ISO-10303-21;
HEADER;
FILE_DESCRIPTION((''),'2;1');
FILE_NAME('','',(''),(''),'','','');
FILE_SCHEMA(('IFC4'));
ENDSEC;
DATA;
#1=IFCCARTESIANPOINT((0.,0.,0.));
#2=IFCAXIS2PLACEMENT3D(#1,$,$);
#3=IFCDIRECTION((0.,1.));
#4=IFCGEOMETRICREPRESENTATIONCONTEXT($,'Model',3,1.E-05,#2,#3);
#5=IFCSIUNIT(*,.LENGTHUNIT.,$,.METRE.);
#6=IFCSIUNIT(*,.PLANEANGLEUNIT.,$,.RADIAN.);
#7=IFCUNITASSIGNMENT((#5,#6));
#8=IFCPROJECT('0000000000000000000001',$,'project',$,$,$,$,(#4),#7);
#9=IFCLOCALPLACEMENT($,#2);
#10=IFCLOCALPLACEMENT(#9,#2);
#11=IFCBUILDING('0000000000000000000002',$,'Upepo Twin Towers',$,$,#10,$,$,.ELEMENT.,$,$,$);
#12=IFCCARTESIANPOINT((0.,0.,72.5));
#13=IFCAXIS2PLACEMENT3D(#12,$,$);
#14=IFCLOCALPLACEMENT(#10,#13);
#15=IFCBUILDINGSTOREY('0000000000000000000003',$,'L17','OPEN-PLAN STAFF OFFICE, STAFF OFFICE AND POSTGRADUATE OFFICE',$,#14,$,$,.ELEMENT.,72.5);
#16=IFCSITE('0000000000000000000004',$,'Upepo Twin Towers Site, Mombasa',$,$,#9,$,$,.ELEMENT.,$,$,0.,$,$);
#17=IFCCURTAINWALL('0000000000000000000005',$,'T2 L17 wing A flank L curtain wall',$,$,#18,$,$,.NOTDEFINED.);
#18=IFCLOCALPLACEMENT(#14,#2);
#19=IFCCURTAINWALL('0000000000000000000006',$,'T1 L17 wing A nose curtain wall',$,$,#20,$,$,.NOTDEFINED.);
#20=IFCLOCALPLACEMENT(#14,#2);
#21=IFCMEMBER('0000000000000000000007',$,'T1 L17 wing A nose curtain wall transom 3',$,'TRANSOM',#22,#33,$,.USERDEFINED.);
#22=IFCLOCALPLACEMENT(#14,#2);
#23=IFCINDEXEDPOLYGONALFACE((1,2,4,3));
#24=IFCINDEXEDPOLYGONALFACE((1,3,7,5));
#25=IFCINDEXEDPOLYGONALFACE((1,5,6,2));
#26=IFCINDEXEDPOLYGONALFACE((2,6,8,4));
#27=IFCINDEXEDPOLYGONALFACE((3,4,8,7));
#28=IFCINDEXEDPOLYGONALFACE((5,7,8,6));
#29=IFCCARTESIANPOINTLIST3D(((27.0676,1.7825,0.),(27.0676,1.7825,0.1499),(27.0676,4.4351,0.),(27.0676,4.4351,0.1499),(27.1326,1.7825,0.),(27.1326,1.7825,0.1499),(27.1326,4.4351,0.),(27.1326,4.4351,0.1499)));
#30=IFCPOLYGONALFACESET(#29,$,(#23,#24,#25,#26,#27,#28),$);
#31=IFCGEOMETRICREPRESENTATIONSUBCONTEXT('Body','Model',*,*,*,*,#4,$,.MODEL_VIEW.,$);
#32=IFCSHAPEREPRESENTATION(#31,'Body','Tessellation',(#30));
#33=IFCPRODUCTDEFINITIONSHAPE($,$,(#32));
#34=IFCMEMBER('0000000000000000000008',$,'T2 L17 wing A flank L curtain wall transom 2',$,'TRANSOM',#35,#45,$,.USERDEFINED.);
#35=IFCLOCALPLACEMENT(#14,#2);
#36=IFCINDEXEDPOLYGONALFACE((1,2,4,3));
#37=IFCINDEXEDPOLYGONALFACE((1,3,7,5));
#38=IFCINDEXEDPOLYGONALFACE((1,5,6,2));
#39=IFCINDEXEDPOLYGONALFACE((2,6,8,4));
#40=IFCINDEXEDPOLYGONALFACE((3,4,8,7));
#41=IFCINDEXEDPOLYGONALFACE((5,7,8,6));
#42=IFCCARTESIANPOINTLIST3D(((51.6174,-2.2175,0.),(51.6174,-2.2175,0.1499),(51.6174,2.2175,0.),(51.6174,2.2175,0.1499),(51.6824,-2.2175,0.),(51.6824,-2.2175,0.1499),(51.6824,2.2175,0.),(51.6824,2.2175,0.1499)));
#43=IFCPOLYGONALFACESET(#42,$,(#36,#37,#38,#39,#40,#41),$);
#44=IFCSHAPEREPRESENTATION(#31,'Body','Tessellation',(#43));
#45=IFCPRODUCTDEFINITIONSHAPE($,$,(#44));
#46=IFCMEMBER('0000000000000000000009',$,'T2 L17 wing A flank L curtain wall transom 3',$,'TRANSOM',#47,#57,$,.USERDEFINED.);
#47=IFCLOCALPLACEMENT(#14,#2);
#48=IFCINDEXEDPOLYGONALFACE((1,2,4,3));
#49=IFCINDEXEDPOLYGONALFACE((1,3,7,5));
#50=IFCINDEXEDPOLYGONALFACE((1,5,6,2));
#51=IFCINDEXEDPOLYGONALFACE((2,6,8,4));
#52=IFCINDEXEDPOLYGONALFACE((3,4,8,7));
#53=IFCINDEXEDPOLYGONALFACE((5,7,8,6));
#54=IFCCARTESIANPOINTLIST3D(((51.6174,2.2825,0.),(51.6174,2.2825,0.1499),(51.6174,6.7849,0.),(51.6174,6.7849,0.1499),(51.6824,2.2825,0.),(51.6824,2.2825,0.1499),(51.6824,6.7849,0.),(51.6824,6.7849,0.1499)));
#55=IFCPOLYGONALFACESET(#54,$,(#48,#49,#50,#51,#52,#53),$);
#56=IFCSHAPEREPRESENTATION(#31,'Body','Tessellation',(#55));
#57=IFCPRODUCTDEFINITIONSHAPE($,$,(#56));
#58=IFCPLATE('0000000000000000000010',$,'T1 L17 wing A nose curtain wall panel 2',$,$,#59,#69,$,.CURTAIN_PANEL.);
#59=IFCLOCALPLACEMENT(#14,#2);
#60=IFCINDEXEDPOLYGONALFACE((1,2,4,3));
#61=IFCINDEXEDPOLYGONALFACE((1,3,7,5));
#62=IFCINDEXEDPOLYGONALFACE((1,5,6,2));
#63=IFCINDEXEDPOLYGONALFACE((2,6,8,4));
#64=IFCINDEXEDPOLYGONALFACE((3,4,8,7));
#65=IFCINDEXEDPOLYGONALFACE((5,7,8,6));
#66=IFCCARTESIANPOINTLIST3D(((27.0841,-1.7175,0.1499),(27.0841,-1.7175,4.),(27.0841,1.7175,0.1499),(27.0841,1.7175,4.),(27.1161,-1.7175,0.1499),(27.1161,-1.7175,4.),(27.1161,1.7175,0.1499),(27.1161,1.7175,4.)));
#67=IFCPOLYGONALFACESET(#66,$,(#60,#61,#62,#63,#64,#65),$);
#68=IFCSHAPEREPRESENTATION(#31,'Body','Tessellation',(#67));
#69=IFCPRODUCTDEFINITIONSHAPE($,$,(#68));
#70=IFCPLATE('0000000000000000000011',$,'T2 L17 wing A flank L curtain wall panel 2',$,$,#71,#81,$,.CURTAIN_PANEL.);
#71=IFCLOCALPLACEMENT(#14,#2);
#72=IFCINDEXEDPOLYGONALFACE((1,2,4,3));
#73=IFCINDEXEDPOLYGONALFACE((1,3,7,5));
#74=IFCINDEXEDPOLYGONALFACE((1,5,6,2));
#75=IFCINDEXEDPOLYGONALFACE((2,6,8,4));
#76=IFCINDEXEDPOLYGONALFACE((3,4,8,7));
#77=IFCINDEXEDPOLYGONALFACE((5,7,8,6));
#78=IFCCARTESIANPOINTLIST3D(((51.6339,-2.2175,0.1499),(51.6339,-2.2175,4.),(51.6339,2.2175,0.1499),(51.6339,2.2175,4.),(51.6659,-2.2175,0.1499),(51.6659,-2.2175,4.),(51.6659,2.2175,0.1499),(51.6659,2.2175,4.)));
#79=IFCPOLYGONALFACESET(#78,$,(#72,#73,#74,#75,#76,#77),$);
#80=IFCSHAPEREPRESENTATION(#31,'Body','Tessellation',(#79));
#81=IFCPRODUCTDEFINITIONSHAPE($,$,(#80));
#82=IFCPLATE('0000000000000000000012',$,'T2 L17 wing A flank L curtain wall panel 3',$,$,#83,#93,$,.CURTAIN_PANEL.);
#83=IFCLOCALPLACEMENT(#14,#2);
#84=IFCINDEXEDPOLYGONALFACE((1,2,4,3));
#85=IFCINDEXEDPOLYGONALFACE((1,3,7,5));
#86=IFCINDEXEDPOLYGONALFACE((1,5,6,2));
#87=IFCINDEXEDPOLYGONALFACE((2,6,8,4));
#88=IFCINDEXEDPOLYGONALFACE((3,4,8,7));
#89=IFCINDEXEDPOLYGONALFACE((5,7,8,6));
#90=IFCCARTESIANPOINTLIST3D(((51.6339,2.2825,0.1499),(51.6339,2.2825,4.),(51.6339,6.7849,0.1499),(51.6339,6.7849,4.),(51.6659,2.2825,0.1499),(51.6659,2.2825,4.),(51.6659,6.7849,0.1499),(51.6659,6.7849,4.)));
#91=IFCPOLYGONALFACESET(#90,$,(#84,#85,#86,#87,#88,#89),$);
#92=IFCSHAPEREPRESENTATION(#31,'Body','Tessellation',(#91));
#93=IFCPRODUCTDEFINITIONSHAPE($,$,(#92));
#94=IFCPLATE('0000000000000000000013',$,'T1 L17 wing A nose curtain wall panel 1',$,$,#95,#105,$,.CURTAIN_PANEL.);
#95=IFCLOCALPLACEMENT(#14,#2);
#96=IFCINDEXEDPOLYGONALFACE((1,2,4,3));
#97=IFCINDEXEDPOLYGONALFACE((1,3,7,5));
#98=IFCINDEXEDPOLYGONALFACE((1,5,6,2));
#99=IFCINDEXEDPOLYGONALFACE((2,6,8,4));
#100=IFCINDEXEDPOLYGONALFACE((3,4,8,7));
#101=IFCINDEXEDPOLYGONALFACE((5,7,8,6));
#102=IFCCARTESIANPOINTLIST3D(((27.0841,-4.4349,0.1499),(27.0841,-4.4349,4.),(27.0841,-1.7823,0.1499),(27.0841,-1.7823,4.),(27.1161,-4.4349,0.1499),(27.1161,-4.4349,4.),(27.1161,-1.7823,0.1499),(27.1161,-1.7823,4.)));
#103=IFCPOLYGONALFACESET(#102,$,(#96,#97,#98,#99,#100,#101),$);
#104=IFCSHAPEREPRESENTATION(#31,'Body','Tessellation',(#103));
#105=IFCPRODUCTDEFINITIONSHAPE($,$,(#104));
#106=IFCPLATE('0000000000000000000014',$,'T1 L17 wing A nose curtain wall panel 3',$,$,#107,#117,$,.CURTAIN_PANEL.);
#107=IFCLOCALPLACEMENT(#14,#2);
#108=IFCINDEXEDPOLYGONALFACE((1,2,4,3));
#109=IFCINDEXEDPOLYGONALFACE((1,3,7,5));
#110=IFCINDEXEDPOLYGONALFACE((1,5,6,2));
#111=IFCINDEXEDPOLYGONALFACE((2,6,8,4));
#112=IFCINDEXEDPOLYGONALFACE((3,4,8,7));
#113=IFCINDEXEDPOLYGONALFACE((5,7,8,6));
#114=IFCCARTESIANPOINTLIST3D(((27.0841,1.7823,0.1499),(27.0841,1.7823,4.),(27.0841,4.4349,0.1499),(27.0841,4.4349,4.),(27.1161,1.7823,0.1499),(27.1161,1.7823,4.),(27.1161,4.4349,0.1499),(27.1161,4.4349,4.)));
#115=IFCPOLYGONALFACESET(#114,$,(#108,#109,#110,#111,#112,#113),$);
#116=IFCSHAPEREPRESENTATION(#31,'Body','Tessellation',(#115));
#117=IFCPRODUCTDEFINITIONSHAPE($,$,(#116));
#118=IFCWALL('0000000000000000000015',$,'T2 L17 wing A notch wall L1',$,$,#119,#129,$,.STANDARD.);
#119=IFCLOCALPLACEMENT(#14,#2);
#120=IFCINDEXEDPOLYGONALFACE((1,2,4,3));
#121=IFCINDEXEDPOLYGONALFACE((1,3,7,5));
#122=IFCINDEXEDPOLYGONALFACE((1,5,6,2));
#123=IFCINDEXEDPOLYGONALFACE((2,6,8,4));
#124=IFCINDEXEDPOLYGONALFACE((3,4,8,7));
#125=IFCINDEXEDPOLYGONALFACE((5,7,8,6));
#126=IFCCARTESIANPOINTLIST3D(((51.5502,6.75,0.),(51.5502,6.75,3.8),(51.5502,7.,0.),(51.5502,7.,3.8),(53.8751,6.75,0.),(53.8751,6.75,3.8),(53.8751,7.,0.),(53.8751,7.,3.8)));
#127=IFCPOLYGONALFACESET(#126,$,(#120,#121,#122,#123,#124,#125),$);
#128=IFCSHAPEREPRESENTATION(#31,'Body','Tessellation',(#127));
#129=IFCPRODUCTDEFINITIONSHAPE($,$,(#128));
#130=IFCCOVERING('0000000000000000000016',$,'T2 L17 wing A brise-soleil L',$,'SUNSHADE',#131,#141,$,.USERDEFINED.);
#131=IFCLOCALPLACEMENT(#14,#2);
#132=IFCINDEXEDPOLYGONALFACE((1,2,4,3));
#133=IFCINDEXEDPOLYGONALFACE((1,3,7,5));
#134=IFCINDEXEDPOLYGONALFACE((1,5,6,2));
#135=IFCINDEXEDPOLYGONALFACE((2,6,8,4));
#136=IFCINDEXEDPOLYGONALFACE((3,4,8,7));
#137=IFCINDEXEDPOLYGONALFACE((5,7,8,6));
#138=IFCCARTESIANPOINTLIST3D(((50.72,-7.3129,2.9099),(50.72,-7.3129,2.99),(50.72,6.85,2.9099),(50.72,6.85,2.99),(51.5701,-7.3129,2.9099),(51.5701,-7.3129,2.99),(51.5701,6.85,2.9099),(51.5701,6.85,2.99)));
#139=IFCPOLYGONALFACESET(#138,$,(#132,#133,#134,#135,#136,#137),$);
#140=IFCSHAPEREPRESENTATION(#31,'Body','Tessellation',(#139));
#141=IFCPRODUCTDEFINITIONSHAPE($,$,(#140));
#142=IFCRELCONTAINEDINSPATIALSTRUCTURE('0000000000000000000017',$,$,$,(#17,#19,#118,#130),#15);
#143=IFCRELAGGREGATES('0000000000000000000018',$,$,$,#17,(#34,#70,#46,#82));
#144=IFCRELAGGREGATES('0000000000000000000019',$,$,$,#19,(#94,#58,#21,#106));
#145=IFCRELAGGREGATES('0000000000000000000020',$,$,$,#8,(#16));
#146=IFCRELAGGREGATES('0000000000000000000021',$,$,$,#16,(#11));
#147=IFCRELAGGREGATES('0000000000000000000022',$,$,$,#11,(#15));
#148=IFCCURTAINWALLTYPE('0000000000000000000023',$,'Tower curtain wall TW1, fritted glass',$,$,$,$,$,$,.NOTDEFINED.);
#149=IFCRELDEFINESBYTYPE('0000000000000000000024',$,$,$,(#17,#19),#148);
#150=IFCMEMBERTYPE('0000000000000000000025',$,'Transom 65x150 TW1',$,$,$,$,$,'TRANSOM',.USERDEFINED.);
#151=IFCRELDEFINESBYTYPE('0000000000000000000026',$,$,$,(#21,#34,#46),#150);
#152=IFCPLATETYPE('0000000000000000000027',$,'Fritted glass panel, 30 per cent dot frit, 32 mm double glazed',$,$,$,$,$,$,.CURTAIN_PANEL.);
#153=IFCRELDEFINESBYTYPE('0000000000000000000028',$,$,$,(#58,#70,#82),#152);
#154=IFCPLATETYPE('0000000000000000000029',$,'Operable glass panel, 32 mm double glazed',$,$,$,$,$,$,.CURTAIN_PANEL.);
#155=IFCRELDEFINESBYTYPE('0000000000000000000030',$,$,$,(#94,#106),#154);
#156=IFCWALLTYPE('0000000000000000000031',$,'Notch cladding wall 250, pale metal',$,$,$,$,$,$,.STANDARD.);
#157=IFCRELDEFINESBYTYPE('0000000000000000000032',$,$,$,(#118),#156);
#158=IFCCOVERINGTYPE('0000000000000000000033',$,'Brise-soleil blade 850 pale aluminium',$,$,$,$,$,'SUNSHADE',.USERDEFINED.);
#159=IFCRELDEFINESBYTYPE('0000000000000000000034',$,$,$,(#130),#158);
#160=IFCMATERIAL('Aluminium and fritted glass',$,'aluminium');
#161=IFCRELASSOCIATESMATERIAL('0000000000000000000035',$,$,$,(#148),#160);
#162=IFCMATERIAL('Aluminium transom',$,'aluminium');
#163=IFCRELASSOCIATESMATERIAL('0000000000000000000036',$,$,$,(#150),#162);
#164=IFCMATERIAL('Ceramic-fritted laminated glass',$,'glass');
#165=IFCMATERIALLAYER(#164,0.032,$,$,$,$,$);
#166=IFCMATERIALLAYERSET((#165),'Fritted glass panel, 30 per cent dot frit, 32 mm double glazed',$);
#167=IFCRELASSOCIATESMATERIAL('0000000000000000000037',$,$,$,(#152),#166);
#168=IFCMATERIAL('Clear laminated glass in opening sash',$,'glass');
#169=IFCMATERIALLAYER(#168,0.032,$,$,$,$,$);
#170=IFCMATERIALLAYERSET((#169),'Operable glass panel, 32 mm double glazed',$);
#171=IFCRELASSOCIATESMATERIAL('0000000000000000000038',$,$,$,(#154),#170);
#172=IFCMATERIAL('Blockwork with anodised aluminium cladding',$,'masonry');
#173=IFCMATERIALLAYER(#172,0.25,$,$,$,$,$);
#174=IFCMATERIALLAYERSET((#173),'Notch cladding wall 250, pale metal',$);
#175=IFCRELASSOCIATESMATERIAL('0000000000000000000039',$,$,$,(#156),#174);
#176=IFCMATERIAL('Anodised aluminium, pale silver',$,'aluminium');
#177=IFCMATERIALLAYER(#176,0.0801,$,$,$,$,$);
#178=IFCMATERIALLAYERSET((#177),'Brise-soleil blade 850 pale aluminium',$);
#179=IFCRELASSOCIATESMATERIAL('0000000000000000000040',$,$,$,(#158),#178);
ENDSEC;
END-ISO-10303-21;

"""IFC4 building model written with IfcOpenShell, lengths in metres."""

from ifc_helpers import new_model, si_unit, direction, frame, frame_2d, origin, origin_2d, place, context, subcontext, project, spatial, rectangle, extrude, material, layer, layer_set, material_profile, profile_set, type_object, element, aggregate, save


model = new_model("IFC4")

# Units and contexts
model_context = context("Model", 3, precision=1e-05, world=origin(), true_north=direction((0.0, 1.0)))
body_context = subcontext(model_context, "Body", "Model", "MODEL_VIEW")
ifc_project = project(units=[si_unit("LENGTHUNIT", "METRE"), si_unit("PLANEANGLEUNIT", "RADIAN")], contexts=[model_context])

# Site, building, storey
site_placement = place(None, origin())
site = spatial("IfcSite", under=ifc_project, at=site_placement, Name="Upepo Twin Towers Site, Mombasa", CompositionType="ELEMENT", RefElevation=0.0)
building_placement = place(site_placement, origin())
building = spatial("IfcBuilding", under=site, at=building_placement, Name="Upepo Twin Towers", CompositionType="ELEMENT")
storey_placement = place(building_placement, frame((0.0, 0.0, 72.5)))
storey = spatial("IfcBuildingStorey", under=building, at=storey_placement, Name="L17", Description="OPEN-PLAN STAFF OFFICE, STAFF OFFICE AND POSTGRADUATE OFFICE", CompositionType="ELEMENT", Elevation=72.5)

# Curtain walls, member
ifc_material_1 = material(Name="Aluminium and fritted glass", Category="aluminium")
curtain_wall_type = type_object("IfcCurtainWallType", Name="Tower curtain wall TW1, fritted glass", PredefinedType="NOTDEFINED", material=ifc_material_1)
curtain_wall_1_placement = place(storey_placement, origin())
curtain_wall_1 = element("IfcCurtainWall", 1, at=curtain_wall_1_placement, inside=storey, type_object=curtain_wall_type, Name="T2 L17 wing A flank L curtain wall", PredefinedType="NOTDEFINED")
curtain_wall_2_placement = place(storey_placement, origin())
curtain_wall_2 = element("IfcCurtainWall", 2, at=curtain_wall_2_placement, inside=storey, type_object=curtain_wall_type, Name="T1 L17 wing A nose curtain wall", PredefinedType="NOTDEFINED")
ifc_material_2 = material(Name="Aluminium transom", Category="aluminium")
ifc_material_profile_1 = material_profile(ifc_material_2, rectangle(XDim=0.0649, YDim=0.1499, at=origin_2d()), Name="TRANSOM 65x150")
ifc_profile_set_1 = profile_set([ifc_material_profile_1], Name="Aluminium transom")
member_type_1 = type_object("IfcMemberType", Name="Transom 65x150 TW1", ElementType="TRANSOM", PredefinedType="USERDEFINED", material=ifc_profile_set_1)
member_1_placement = place(storey_placement, frame((27.1001, 1.7825, 0.075), z_axis=(0.0, 1.0, 0.0), x_axis=(-1.0, 0.0, 0.0)))
member_1 = element("IfcMember", 3, at=member_1_placement, type_object=member_type_1, Name="T1 L17 wing A nose curtain wall transom 3", ObjectType="TRANSOM", PredefinedType="USERDEFINED", context=body_context, shape_type="SweptSolid", body=[
    extrude(rectangle(XDim=0.0649, YDim=0.1499, at=origin_2d()), origin(), (0.0, 0.0, 1.0), 2.6526),
])

# Members
member_2_placement = place(storey_placement, frame((51.6499, -2.2175, 0.075), z_axis=(0.0, 1.0, 0.0), x_axis=(-1.0, 0.0, 0.0)))
member_2 = element("IfcMember", 4, at=member_2_placement, type_object=member_type_1, Name="T2 L17 wing A flank L curtain wall transom 2", ObjectType="TRANSOM", PredefinedType="USERDEFINED", context=body_context, shape_type="SweptSolid", body=[
    extrude(rectangle(XDim=0.0649, YDim=0.1499, at=origin_2d()), origin(), (0.0, 0.0, 1.0), 4.4351),
])
member_3_placement = place(storey_placement, frame((51.6499, 2.2825, 0.075), z_axis=(0.0, 1.0, 0.0), x_axis=(-1.0, 0.0, 0.0)))
member_3 = element("IfcMember", 5, at=member_3_placement, type_object=member_type_1, Name="T2 L17 wing A flank L curtain wall transom 3", ObjectType="TRANSOM", PredefinedType="USERDEFINED", context=body_context, shape_type="SweptSolid", body=[
    extrude(rectangle(XDim=0.0649, YDim=0.1499, at=origin_2d()), origin(), (0.0, 0.0, 1.0), 4.5024),
])

# Plates
ifc_material_3 = material(Name="Ceramic-fritted laminated glass", Category="glass")
ifc_layer_1 = layer(ifc_material_3, 0.032)
ifc_layer_set_1 = layer_set([ifc_layer_1], Name="Fritted glass panel, 30 per cent dot frit, 32 mm double glazed")
plate_type_1 = type_object("IfcPlateType", Name="Fritted glass panel, 30 per cent dot frit, 32 mm double glazed", PredefinedType="CURTAIN_PANEL", material=ifc_layer_set_1)
plate_1_placement = place(storey_placement, frame((27.1001, 0.0, 0.1499), z_axis=(0.0, 0.0, 1.0), x_axis=(0.0, 1.0, 0.0)))
plate_1 = element("IfcPlate", 6, at=plate_1_placement, type_object=plate_type_1, Name="T1 L17 wing A nose curtain wall panel 2", PredefinedType="CURTAIN_PANEL", context=body_context, shape_type="SweptSolid", body=[
    extrude(rectangle(XDim=3.4351, YDim=0.032, at=origin_2d()), origin(), (0.0, 0.0, 1.0), 3.8501),
])
plate_2_placement = place(storey_placement, frame((51.6499, 0.0, 0.1499), z_axis=(0.0, 0.0, 1.0), x_axis=(0.0, 1.0, 0.0)))
plate_2 = element("IfcPlate", 7, at=plate_2_placement, type_object=plate_type_1, Name="T2 L17 wing A flank L curtain wall panel 2", PredefinedType="CURTAIN_PANEL", context=body_context, shape_type="SweptSolid", body=[
    extrude(rectangle(XDim=4.4351, YDim=0.032, at=origin_2d()), origin(), (0.0, 0.0, 1.0), 3.8501),
])
plate_3_placement = place(storey_placement, frame((51.6499, 4.5337, 0.1499), z_axis=(0.0, 0.0, 1.0), x_axis=(0.0, 1.0, 0.0)))
plate_3 = element("IfcPlate", 8, at=plate_3_placement, type_object=plate_type_1, Name="T2 L17 wing A flank L curtain wall panel 3", PredefinedType="CURTAIN_PANEL", context=body_context, shape_type="SweptSolid", body=[
    extrude(rectangle(XDim=4.5024, YDim=0.032, at=origin_2d()), origin(), (0.0, 0.0, 1.0), 3.8501),
])
aggregate(curtain_wall_1, [member_2, plate_2, member_3, plate_3])
ifc_material_4 = material(Name="Clear laminated glass in opening sash", Category="glass")
ifc_layer_2 = layer(ifc_material_4, 0.032)
ifc_layer_set_2 = layer_set([ifc_layer_2], Name="Operable glass panel, 32 mm double glazed")
plate_type_2 = type_object("IfcPlateType", Name="Operable glass panel, 32 mm double glazed", PredefinedType="CURTAIN_PANEL", material=ifc_layer_set_2)
plate_4_placement = place(storey_placement, frame((27.1001, -3.1086, 0.1499), z_axis=(0.0, 0.0, 1.0), x_axis=(0.0, 1.0, 0.0)))
plate_4 = element("IfcPlate", 9, at=plate_4_placement, type_object=plate_type_2, Name="T1 L17 wing A nose curtain wall panel 1", PredefinedType="CURTAIN_PANEL", context=body_context, shape_type="SweptSolid", body=[
    extrude(rectangle(XDim=2.6526, YDim=0.032, at=origin_2d()), origin(), (0.0, 0.0, 1.0), 3.8501),
])
plate_5_placement = place(storey_placement, frame((27.1001, 3.1086, 0.1499), z_axis=(0.0, 0.0, 1.0), x_axis=(0.0, 1.0, 0.0)))
plate_5 = element("IfcPlate", 10, at=plate_5_placement, type_object=plate_type_2, Name="T1 L17 wing A nose curtain wall panel 3", PredefinedType="CURTAIN_PANEL", context=body_context, shape_type="SweptSolid", body=[
    extrude(rectangle(XDim=2.6526, YDim=0.032, at=origin_2d()), origin(), (0.0, 0.0, 1.0), 3.8501),
])
aggregate(curtain_wall_2, [plate_4, plate_1, member_1, plate_5])

# Wall
ifc_material_5 = material(Name="Blockwork with anodised aluminium cladding", Category="masonry")
ifc_layer_3 = layer(ifc_material_5, 0.25)
ifc_layer_set_3 = layer_set([ifc_layer_3], Name="Notch cladding wall 250, pale metal")
wall_type = type_object("IfcWallType", Name="Notch cladding wall 250, pale metal", PredefinedType="STANDARD", material=ifc_layer_set_3)
wall_placement = place(storey_placement, frame((51.55, 6.875, 0.0), z_axis=(0.0, 0.0, 1.0), x_axis=(1.0, 0.0, 0.0)))
element("IfcWall", 11, at=wall_placement, inside=storey, type_object=wall_type, Name="T2 L17 wing A notch wall L1", PredefinedType="STANDARD", context=body_context, shape_type="SweptSolid", body=[
    extrude(rectangle(XDim=2.325, YDim=0.25, at=frame_2d((1.1626, 0.0))), origin(), (0.0, 0.0, 1.0), 3.8),
])

# Covering
ifc_material_6 = material(Name="Anodised aluminium, pale silver", Category="aluminium")
ifc_layer_4 = layer(ifc_material_6, 0.0801)
ifc_layer_set_4 = layer_set([ifc_layer_4], Name="Brise-soleil blade 850 pale aluminium")
covering_type = type_object("IfcCoveringType", Name="Brise-soleil blade 850 pale aluminium", ElementType="SUNSHADE", PredefinedType="USERDEFINED", material=ifc_layer_set_4)
covering_placement = place(storey_placement, frame((51.145, -0.2314, 2.9099), z_axis=(0.0, 0.0, 1.0), x_axis=(0.0, 1.0, 0.0)))
element("IfcCovering", 12, at=covering_placement, inside=storey, type_object=covering_type, Name="T2 L17 wing A brise-soleil L", ObjectType="SUNSHADE", PredefinedType="USERDEFINED", context=body_context, shape_type="SweptSolid", body=[
    extrude(rectangle(XDim=14.1628, YDim=0.8501, at=origin_2d()), origin(), (0.0, 0.0, 1.0), 0.0801),
])

save(model, "model.ifc")
